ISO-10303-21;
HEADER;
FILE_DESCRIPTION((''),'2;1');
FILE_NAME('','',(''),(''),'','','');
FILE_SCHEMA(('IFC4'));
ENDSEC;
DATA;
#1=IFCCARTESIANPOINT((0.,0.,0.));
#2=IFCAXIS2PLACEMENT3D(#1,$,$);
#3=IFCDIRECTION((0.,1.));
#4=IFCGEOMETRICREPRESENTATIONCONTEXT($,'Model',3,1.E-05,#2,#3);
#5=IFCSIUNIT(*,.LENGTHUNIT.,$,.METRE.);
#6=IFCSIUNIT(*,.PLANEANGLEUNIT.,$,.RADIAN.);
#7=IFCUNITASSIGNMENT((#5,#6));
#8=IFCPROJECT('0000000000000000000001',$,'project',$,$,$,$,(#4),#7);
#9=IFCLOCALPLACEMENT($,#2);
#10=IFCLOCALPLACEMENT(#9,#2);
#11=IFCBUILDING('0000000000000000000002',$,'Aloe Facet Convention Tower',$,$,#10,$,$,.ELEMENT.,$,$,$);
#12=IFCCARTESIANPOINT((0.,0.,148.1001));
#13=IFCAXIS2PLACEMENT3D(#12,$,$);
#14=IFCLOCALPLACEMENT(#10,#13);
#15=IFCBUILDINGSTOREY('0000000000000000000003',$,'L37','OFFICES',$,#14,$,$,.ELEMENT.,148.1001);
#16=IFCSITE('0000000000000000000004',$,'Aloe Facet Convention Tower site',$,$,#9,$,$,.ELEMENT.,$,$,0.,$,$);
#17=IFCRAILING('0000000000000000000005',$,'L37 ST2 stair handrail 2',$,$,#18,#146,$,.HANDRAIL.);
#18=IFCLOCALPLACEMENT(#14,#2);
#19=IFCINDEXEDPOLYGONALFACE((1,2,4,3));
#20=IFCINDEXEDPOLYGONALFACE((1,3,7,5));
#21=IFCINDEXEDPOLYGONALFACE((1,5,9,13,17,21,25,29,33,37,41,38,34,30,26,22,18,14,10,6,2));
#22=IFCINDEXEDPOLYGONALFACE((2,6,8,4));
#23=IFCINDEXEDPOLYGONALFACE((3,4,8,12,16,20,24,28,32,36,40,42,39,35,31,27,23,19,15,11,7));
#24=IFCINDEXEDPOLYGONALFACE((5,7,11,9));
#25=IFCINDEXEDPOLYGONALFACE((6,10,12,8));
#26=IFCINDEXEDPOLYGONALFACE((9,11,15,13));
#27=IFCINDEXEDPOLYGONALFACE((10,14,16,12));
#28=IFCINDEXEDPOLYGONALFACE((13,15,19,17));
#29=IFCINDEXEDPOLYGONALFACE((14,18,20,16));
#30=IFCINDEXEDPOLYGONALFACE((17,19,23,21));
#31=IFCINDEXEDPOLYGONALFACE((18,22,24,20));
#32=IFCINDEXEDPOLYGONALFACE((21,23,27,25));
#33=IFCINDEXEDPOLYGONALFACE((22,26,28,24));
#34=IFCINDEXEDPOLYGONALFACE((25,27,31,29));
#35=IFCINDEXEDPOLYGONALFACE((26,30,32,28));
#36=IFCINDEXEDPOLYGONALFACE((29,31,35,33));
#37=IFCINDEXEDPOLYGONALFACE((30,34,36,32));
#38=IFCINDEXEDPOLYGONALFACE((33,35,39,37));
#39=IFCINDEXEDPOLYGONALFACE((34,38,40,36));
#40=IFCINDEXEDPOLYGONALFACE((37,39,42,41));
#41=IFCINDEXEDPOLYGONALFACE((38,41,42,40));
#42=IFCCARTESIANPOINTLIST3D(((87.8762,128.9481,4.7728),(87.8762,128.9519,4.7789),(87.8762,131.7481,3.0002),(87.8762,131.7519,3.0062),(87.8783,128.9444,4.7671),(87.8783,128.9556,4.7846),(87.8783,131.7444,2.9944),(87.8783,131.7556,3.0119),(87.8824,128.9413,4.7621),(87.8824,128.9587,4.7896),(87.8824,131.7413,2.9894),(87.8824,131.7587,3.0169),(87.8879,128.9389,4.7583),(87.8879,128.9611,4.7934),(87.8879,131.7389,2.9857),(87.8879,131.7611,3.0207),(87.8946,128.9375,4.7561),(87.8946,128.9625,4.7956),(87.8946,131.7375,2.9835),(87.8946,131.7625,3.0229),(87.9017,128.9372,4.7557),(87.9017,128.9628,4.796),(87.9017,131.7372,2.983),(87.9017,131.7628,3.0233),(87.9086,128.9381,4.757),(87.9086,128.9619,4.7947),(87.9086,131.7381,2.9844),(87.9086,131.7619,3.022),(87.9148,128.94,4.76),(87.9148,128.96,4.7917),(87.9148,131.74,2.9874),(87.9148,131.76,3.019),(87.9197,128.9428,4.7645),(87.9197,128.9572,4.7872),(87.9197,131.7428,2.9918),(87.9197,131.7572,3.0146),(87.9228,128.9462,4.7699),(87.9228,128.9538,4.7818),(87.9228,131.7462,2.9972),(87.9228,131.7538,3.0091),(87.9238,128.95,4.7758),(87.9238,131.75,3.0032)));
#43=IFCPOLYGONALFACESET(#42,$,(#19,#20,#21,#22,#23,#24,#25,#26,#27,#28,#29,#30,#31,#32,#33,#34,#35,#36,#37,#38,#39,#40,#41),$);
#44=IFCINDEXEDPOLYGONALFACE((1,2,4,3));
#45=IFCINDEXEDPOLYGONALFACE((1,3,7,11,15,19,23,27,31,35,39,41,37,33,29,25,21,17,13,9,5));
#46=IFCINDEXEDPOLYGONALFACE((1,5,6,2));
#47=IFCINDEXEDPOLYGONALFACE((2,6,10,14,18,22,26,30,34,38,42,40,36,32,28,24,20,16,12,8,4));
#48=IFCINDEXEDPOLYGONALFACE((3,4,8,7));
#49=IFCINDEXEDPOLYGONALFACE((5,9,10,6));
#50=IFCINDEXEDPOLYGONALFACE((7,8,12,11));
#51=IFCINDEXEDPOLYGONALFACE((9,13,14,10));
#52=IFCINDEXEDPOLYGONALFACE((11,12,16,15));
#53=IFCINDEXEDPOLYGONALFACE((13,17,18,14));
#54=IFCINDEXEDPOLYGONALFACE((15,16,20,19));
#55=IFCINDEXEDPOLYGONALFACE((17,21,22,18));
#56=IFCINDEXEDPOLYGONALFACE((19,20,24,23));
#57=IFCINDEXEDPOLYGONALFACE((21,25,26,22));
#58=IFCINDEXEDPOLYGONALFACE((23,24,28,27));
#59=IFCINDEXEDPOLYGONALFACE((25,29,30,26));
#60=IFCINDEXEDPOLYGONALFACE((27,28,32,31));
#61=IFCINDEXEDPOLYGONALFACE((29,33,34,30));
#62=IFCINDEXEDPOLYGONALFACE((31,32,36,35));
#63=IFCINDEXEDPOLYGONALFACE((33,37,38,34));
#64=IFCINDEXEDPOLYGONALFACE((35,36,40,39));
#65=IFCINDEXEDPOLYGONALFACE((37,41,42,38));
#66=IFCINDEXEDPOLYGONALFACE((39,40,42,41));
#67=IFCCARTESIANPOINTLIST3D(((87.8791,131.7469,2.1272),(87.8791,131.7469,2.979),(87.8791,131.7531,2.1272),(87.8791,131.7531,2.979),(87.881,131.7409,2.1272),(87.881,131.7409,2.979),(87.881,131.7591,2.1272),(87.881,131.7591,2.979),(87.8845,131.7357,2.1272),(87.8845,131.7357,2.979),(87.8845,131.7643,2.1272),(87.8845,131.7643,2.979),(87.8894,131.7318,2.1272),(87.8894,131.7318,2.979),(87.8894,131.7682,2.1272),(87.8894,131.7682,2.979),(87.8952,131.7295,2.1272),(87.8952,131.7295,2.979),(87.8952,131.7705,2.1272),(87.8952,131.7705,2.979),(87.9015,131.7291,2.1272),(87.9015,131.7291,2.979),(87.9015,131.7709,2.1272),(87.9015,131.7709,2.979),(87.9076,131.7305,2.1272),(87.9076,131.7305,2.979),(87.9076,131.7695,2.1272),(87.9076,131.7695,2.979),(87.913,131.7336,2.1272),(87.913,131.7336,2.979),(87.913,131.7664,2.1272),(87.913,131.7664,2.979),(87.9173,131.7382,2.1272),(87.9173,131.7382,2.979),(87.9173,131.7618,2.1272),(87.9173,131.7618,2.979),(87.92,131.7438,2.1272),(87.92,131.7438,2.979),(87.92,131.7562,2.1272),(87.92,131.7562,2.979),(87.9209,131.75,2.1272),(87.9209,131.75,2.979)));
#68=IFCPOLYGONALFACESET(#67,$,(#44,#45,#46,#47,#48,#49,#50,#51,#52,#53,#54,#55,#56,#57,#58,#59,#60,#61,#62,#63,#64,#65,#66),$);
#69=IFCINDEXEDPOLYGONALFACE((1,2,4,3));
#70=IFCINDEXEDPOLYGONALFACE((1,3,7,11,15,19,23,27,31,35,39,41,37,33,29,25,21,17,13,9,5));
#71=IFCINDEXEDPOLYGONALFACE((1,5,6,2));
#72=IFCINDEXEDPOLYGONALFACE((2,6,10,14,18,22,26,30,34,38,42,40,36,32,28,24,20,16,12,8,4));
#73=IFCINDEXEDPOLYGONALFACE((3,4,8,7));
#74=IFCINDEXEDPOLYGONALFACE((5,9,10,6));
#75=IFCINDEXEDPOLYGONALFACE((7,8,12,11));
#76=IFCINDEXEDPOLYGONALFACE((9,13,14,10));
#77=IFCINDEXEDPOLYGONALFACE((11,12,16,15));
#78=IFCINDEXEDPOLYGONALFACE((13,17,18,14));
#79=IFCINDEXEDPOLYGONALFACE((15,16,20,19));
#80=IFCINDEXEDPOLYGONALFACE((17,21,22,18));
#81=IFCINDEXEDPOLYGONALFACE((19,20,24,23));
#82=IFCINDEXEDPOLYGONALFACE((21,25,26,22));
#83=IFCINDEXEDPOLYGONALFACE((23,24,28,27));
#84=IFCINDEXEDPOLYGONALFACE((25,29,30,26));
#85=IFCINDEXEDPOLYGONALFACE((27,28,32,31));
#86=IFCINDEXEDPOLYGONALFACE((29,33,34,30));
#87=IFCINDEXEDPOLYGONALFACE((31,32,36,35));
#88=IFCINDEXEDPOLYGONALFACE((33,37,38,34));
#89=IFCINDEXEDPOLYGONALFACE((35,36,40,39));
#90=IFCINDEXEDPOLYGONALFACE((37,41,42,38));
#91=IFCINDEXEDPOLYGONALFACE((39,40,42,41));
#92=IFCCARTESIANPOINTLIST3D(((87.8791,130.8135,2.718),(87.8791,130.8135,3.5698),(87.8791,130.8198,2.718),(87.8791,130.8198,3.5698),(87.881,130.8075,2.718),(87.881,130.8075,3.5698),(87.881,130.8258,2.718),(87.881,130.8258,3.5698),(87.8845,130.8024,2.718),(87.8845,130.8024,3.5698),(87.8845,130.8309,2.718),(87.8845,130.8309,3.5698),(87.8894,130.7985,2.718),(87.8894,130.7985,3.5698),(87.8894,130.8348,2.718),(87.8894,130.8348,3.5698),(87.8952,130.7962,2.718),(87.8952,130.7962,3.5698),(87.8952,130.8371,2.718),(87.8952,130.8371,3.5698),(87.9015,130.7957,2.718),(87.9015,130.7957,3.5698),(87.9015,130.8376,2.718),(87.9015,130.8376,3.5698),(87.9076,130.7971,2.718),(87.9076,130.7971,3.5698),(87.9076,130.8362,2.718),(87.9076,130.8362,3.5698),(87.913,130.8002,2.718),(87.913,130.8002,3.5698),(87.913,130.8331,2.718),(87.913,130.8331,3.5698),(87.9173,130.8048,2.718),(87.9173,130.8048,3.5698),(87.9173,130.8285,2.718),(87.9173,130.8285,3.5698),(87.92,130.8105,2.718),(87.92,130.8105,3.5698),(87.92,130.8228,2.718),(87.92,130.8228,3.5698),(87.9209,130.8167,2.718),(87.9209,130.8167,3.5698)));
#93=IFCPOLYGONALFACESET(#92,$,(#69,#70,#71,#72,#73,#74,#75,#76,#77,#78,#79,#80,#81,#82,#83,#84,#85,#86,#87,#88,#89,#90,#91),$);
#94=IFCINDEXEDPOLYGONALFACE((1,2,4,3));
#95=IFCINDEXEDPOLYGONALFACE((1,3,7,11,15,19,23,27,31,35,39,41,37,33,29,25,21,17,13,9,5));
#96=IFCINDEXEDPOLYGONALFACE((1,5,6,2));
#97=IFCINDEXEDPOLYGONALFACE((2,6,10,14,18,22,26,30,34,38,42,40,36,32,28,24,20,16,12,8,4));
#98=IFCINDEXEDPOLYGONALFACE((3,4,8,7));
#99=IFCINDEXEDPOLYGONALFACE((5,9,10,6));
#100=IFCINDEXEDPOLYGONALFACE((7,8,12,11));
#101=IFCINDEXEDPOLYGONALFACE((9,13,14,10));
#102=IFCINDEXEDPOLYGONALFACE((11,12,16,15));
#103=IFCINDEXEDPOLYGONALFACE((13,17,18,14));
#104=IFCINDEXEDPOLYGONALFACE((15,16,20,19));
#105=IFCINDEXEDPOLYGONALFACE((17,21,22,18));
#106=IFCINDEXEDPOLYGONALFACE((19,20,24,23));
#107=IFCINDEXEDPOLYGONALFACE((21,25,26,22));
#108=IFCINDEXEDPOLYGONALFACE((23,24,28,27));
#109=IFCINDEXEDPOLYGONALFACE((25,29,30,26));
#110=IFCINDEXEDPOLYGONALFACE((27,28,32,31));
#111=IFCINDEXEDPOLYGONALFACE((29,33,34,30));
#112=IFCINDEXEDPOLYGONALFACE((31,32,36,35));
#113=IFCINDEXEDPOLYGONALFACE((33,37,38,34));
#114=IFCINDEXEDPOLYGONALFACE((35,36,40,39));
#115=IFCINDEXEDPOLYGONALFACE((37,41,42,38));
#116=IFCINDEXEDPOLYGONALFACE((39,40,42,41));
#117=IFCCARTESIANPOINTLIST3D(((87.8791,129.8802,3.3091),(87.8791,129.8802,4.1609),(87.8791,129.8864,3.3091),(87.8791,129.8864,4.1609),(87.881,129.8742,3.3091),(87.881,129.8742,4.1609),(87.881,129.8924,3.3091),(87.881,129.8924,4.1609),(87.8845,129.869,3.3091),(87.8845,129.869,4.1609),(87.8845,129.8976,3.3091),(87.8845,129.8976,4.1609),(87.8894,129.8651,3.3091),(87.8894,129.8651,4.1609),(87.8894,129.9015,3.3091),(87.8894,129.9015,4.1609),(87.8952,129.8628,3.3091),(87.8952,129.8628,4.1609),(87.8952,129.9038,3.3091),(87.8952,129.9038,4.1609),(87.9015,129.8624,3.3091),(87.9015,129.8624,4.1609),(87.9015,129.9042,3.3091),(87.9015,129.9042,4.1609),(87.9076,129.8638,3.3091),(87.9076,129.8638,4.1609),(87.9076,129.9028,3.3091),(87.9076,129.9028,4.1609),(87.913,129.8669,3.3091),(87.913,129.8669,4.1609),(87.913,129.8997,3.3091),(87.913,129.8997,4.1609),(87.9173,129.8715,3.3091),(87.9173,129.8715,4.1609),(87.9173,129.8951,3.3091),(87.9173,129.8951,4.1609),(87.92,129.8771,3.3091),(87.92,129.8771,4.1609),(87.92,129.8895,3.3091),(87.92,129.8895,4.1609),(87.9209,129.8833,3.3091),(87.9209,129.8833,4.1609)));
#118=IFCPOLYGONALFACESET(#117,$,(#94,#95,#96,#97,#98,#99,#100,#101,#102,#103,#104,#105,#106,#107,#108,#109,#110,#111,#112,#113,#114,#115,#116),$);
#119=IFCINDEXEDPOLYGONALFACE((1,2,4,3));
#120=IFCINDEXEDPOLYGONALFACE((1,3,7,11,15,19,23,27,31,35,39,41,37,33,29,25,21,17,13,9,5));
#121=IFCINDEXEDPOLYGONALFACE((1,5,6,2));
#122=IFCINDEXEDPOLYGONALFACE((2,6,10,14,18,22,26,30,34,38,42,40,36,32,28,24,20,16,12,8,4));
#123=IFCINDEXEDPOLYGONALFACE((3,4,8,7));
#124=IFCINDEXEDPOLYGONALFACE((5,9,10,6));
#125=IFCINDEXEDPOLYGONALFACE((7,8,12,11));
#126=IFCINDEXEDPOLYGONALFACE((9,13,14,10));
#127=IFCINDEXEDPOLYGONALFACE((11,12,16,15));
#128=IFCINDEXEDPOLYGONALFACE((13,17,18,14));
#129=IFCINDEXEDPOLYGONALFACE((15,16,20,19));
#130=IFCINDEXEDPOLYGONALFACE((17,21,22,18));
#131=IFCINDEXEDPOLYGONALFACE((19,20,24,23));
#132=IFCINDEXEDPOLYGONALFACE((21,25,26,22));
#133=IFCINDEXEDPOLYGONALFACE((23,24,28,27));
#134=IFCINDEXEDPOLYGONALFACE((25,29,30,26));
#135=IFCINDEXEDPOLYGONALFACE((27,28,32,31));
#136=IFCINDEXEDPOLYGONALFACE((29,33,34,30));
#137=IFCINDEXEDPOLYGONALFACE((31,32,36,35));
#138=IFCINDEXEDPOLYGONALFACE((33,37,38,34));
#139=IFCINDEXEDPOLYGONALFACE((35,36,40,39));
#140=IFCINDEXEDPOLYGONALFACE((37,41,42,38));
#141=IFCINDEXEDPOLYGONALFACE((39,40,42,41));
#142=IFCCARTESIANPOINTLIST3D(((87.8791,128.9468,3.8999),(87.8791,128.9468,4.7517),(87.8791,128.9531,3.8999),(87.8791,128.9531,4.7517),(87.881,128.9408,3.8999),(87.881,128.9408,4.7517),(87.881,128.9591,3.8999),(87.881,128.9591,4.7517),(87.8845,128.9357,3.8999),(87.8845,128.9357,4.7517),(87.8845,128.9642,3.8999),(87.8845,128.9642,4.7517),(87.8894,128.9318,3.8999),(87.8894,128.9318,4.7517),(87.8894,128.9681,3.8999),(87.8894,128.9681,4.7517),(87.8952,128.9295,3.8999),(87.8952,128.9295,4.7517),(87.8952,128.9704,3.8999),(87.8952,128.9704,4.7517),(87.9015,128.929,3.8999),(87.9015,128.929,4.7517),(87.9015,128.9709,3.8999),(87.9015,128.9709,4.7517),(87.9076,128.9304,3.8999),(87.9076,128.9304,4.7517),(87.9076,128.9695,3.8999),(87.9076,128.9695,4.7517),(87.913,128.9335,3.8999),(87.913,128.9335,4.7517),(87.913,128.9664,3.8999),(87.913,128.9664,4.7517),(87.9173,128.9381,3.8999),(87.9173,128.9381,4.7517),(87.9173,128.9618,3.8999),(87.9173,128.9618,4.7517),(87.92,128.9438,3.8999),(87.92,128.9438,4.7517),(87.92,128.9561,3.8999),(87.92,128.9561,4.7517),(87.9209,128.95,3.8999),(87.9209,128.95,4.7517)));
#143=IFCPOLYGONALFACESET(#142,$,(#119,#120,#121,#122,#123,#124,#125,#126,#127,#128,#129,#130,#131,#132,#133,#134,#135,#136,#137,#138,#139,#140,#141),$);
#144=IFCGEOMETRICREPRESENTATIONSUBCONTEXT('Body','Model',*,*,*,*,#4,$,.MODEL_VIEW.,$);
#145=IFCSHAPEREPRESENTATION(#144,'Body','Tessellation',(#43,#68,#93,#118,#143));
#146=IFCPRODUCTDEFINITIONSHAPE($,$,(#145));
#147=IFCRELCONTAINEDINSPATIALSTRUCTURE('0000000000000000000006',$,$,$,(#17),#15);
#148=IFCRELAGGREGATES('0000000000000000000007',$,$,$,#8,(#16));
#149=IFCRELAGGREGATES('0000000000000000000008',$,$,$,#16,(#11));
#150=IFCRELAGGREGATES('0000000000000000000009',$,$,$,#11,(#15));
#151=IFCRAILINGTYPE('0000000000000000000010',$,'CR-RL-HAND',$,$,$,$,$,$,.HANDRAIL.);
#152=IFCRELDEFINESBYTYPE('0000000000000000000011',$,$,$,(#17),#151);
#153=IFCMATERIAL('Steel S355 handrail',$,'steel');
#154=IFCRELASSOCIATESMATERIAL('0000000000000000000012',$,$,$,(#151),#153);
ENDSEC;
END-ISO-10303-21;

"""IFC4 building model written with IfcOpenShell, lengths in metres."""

from ifc_helpers import new_model, si_unit, direction, frame, origin, origin_2d, place, context, subcontext, project, spatial, circle, extrude, material, type_object, element, save


model = new_model("IFC4")

# Units and contexts
model_context = context("Model", 3, precision=1e-05, world=origin(), true_north=direction((0.0, 1.0)))
body_context = subcontext(model_context, "Body", "Model", "MODEL_VIEW")
ifc_project = project(units=[si_unit("LENGTHUNIT", "METRE"), si_unit("PLANEANGLEUNIT", "RADIAN")], contexts=[model_context])

# Site, building, storey
site_placement = place(None, origin())
site = spatial("IfcSite", under=ifc_project, at=site_placement, Name="Aloe Facet Convention Tower site", CompositionType="ELEMENT", RefElevation=0.0)
building_placement = place(site_placement, origin())
building = spatial("IfcBuilding", under=site, at=building_placement, Name="Aloe Facet Convention Tower", CompositionType="ELEMENT")
storey_placement = place(building_placement, frame((0.0, 0.0, 148.1001)))
storey = spatial("IfcBuildingStorey", under=building, at=storey_placement, Name="L37", Description="OFFICES", CompositionType="ELEMENT", Elevation=148.1001)

# Railing
ifc_material_1 = material(Name="Steel S355 handrail", Category="steel")
railing_type_1 = type_object("IfcRailingType", Name="CR-RL-HAND", PredefinedType="HANDRAIL", material=ifc_material_1)
railing_1_placement = place(storey_placement, frame((87.8999, 131.75, 2.1272)))
element("IfcRailing", 1, at=railing_1_placement, inside=storey, type_object=railing_type_1, Name="L37 ST2 stair handrail 2", PredefinedType="HANDRAIL", context=body_context, shape_type="SweptSolid", body=[
    extrude(circle(Radius=0.0239, at=origin_2d()), frame((0.0, 0.0, 0.876), z_axis=(0.0, -0.844909, 0.53491), x_axis=(1.0, 0.0, 0.0)), (0.0, 0.0, 1.0), 3.314),
    extrude(circle(Radius=0.021, at=origin_2d()), origin(), (0.0, 0.0, 1.0), 0.8518),
    extrude(circle(Radius=0.021, at=origin_2d()), frame((0.0, -0.9333, 0.5908)), (0.0, 0.0, 1.0), 0.8518),
    extrude(circle(Radius=0.021, at=origin_2d()), frame((0.0, -1.8667, 1.1819)), (0.0, 0.0, 1.0), 0.8518),
    extrude(circle(Radius=0.021, at=origin_2d()), frame((0.0, -2.8, 1.7727)), (0.0, 0.0, 1.0), 0.8518),
])

save(model, "model.ifc")
